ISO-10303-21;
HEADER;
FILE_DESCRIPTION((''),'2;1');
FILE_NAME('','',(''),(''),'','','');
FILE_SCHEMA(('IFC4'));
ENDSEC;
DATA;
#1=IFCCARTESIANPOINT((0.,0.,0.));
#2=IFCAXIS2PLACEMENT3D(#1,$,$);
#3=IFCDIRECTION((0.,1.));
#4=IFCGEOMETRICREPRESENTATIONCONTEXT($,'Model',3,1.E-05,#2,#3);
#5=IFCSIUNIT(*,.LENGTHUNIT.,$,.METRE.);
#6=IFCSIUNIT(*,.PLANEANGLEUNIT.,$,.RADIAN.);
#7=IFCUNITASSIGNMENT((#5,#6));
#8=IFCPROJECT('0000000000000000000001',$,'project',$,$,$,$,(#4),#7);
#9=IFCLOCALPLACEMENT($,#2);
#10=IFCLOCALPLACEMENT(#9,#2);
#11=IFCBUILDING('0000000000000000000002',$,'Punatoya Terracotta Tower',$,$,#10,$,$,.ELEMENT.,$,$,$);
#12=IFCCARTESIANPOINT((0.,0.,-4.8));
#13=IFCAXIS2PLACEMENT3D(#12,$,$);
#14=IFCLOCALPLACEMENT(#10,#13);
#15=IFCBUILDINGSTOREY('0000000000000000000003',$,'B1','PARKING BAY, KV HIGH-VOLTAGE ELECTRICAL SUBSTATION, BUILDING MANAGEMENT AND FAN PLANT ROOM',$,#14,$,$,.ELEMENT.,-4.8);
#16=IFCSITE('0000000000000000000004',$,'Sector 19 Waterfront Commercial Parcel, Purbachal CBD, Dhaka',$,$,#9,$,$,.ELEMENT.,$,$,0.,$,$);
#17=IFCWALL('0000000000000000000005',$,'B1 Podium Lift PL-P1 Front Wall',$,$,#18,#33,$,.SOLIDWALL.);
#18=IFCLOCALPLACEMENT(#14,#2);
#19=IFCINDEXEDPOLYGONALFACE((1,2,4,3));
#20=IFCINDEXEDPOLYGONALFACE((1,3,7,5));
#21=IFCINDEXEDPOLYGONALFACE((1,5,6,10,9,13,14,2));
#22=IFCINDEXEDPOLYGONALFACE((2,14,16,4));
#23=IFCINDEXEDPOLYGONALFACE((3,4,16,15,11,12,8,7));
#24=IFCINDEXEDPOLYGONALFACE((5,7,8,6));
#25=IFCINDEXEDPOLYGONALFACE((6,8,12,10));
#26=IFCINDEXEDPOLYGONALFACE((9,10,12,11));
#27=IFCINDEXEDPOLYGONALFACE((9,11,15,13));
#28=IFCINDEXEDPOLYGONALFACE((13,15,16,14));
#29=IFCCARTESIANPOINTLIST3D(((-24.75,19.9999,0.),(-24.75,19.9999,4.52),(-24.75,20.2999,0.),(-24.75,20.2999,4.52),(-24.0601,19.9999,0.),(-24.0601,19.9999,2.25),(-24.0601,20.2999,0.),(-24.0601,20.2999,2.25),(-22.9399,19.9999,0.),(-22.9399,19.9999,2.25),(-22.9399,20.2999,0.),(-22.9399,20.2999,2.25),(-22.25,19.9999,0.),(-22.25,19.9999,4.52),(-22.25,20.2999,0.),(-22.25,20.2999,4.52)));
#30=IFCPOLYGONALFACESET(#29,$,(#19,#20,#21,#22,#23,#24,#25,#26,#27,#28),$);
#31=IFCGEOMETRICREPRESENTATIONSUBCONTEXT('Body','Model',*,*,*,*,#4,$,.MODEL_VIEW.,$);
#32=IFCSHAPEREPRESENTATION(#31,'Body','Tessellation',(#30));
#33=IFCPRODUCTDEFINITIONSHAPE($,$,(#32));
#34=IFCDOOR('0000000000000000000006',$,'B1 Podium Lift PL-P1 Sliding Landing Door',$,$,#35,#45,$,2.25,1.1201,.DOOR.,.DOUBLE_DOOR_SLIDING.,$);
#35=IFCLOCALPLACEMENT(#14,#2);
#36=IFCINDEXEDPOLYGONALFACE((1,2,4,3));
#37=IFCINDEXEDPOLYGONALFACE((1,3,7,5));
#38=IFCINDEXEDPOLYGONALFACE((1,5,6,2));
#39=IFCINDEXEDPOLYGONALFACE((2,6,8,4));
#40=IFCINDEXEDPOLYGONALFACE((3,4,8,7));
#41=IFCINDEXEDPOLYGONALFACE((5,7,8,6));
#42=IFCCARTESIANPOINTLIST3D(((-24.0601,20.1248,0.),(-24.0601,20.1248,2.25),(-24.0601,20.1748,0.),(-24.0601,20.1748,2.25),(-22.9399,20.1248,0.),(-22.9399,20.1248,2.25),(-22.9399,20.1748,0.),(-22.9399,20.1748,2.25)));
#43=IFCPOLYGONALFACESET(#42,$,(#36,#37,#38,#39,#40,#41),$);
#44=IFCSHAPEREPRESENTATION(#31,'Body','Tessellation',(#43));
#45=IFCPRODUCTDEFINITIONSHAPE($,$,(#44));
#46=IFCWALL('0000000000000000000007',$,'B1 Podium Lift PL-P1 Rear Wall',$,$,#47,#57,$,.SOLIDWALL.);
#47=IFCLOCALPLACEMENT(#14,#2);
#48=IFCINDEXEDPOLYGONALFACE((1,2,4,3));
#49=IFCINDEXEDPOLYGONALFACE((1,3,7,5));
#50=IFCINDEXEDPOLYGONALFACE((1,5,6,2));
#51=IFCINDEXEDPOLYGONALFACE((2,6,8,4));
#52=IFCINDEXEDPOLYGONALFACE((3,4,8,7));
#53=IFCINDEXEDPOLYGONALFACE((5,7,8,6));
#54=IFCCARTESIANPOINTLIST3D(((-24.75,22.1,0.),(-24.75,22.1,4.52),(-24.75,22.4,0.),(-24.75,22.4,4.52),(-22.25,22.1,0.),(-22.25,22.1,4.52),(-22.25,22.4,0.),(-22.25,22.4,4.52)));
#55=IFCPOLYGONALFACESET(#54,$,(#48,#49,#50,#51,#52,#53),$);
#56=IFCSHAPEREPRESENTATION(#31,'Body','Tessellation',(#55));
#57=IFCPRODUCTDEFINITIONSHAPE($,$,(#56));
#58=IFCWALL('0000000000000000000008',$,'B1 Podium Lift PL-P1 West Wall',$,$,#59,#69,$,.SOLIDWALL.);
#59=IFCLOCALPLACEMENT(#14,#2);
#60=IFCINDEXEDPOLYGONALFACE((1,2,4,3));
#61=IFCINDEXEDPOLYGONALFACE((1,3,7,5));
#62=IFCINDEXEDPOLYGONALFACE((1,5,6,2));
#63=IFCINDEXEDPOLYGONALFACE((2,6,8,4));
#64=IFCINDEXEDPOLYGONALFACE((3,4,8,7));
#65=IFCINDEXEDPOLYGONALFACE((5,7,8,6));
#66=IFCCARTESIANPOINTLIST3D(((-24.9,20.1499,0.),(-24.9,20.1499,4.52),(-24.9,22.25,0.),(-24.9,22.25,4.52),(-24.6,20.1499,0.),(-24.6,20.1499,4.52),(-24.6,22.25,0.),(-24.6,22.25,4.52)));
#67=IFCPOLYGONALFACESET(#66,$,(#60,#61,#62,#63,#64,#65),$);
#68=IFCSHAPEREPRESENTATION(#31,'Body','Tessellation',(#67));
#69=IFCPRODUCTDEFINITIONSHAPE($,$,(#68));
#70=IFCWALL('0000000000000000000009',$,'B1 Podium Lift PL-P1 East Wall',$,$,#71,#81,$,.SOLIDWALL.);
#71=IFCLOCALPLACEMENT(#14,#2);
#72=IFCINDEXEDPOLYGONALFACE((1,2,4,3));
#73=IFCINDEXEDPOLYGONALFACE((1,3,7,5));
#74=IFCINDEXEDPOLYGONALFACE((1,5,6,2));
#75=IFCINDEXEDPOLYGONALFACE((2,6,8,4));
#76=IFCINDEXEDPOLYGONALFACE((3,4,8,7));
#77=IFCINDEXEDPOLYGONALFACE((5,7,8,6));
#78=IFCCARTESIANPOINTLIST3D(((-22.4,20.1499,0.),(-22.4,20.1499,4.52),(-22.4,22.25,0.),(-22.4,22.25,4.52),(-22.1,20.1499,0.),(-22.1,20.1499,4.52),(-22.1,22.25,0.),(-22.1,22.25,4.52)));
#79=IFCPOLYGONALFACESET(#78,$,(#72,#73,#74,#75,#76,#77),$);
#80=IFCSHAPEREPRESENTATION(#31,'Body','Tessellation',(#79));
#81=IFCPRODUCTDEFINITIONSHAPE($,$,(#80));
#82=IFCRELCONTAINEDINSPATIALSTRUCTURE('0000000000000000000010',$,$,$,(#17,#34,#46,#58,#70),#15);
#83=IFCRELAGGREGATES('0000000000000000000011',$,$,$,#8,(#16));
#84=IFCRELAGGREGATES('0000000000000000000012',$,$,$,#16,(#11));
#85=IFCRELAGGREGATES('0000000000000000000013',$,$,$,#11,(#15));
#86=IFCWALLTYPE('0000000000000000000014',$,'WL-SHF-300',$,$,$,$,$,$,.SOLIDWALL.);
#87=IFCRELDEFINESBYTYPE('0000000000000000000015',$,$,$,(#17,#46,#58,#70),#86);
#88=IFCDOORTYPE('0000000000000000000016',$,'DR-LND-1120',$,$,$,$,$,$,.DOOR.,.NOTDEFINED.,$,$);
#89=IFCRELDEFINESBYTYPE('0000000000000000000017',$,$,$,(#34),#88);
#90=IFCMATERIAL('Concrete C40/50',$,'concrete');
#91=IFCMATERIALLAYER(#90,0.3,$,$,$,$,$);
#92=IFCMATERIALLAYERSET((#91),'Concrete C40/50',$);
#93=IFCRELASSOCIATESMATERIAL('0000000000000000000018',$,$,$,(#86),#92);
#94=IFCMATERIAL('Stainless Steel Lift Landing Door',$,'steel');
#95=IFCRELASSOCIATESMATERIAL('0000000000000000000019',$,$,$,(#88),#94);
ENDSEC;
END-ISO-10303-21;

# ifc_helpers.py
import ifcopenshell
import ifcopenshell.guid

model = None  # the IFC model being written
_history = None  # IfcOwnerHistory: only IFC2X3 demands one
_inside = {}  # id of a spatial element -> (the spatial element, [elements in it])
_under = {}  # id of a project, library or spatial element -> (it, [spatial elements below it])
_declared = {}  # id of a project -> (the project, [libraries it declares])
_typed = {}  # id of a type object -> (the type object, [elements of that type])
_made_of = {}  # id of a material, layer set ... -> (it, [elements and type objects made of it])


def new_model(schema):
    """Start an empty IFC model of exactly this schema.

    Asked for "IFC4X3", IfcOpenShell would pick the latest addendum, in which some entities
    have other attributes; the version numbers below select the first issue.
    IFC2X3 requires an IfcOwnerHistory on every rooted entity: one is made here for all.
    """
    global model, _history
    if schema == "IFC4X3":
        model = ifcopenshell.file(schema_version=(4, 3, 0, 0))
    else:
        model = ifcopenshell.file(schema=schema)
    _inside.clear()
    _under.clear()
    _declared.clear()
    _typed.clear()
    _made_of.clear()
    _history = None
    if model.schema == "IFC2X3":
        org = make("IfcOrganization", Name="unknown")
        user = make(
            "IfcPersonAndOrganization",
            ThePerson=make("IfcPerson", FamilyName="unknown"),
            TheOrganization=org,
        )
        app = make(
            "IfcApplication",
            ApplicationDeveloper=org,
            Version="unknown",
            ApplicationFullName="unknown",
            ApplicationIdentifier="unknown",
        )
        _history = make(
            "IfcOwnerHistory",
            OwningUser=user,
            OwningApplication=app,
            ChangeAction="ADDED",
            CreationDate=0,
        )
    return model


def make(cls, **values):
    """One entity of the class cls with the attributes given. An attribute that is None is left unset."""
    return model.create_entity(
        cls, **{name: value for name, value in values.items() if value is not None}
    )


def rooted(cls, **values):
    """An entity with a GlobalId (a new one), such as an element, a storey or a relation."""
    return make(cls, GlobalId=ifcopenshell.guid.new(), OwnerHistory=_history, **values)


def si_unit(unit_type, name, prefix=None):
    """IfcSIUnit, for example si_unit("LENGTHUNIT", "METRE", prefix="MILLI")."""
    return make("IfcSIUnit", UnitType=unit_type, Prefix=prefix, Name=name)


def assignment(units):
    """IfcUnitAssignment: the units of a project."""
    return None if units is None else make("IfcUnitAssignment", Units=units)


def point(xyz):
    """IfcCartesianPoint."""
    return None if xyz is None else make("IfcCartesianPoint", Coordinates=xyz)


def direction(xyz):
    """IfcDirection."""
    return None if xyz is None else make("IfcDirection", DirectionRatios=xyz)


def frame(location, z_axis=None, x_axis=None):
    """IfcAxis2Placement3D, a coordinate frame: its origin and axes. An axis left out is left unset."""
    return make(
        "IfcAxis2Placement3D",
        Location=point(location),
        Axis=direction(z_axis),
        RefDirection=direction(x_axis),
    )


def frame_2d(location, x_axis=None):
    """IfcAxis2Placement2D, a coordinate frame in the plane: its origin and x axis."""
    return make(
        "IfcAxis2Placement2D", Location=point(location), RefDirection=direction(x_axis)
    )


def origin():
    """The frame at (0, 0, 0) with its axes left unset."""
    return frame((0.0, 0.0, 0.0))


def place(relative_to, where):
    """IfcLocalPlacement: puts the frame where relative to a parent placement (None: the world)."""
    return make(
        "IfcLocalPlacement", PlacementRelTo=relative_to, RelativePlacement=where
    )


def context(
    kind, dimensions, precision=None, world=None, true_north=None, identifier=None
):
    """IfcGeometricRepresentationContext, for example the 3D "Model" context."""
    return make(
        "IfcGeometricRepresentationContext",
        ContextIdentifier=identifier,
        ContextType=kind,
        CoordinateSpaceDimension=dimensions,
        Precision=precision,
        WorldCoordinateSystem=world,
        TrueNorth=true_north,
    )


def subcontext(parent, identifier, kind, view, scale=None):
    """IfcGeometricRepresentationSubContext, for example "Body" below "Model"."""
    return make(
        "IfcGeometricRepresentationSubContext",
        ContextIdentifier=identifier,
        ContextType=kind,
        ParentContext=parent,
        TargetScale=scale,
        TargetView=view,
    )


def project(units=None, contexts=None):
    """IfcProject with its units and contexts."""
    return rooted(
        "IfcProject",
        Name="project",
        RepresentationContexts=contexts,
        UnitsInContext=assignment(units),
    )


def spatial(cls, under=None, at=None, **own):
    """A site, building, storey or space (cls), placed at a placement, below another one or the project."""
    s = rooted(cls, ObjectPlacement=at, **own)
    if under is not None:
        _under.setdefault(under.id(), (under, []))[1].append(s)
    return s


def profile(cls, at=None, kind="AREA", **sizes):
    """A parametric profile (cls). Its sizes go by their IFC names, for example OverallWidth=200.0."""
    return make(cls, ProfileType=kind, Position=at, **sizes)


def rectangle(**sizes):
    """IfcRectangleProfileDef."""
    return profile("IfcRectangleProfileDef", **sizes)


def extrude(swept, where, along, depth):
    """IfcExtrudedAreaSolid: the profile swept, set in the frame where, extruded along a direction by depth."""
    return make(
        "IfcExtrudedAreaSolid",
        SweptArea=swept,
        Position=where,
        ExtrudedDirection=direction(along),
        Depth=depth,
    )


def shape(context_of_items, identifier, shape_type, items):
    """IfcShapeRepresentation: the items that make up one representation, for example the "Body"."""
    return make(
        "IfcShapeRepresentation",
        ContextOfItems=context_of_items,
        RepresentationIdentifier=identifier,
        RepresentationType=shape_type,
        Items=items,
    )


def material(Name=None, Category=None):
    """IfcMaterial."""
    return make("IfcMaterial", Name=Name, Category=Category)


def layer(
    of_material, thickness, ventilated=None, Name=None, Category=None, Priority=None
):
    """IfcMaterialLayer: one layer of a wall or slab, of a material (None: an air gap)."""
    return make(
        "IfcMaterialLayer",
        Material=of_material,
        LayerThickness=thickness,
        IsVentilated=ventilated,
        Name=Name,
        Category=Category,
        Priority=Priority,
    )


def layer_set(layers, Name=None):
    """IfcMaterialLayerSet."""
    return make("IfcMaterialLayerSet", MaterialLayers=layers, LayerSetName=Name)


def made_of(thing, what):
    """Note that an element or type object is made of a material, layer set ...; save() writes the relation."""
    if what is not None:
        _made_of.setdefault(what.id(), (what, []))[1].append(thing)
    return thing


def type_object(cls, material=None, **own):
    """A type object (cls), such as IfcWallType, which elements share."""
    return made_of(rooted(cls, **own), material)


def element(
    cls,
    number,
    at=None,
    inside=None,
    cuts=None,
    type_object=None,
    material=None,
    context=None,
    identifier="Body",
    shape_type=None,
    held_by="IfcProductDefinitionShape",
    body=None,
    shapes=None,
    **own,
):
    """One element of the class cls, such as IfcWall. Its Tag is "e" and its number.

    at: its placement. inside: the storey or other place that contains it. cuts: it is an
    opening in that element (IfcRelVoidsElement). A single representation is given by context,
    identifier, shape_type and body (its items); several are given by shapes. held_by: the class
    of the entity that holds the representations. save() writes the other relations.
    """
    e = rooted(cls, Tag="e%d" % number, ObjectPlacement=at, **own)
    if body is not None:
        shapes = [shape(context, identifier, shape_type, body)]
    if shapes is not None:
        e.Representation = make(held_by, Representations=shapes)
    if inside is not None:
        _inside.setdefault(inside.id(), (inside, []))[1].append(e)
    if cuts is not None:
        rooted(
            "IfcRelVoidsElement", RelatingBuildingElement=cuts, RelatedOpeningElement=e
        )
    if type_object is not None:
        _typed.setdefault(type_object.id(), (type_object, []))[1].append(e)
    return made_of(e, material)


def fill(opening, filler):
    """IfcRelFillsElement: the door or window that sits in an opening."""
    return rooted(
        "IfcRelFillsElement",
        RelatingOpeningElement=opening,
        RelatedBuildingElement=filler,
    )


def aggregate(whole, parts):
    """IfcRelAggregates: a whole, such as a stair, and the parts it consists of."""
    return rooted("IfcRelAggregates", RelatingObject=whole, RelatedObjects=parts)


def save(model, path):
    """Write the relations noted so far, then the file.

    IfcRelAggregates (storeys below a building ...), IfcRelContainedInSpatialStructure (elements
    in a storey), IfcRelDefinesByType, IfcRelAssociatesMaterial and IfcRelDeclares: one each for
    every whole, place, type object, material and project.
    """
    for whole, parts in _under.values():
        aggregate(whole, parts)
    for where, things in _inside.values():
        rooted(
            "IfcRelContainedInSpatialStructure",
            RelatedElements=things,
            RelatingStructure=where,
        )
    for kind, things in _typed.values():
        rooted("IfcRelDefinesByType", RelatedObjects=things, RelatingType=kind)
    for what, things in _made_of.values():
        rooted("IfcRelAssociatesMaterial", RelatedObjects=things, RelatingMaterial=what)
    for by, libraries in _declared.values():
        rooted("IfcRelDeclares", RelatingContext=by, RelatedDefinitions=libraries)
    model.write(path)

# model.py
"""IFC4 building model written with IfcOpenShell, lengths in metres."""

from ifc_helpers import new_model, si_unit, direction, frame, frame_2d, origin, place, context, subcontext, project, spatial, rectangle, extrude, material, layer, layer_set, type_object, element, fill, save


model = new_model("IFC4")

# Units and contexts
model_context = context("Model", 3, precision=1e-05, world=origin(), true_north=direction((0.0, 1.0)))
body_context = subcontext(model_context, "Body", "Model", "MODEL_VIEW")
ifc_project = project(units=[si_unit("LENGTHUNIT", "METRE"), si_unit("PLANEANGLEUNIT", "RADIAN")], contexts=[model_context])

# Site, building, storey
site_placement = place(None, origin())
site = spatial("IfcSite", under=ifc_project, at=site_placement, Name="Sector 19 Waterfront Commercial Parcel, Purbachal CBD, Dhaka", CompositionType="ELEMENT", RefElevation=0.0)
building_placement = place(site_placement, origin())
building = spatial("IfcBuilding", under=site, at=building_placement, Name="Punatoya Terracotta Tower", CompositionType="ELEMENT")
storey_placement = place(building_placement, frame((0.0, 0.0, -4.8)))
storey = spatial("IfcBuildingStorey", under=building, at=storey_placement, Name="B1", Description="PARKING BAY, KV HIGH-VOLTAGE ELECTRICAL SUBSTATION, BUILDING MANAGEMENT AND FAN PLANT ROOM", CompositionType="ELEMENT", Elevation=-4.8)

# Shared definitions
ifc_material_1 = material(Name="Concrete C40/50", Category="concrete")

# Wall, opening, door
ifc_layer_1 = layer(ifc_material_1, 0.3)
ifc_layer_set_1 = layer_set([ifc_layer_1], Name="Concrete C40/50")
wall_type_1 = type_object("IfcWallType", Name="WL-SHF-300", PredefinedType="SOLIDWALL", material=ifc_layer_set_1)
wall_1_placement = place(storey_placement, frame((-24.75, 20.1499, 0.0), z_axis=(0.0, 0.0, 1.0), x_axis=(1.0, 0.0, 0.0)))
wall_1 = element("IfcWall", 1, at=wall_1_placement, inside=storey, type_object=wall_type_1, Name="B1 Podium Lift PL-P1 Front Wall", PredefinedType="SOLIDWALL", context=body_context, shape_type="SweptSolid", body=[
    extrude(rectangle(XDim=2.5, YDim=0.3, at=frame_2d((1.25, 0.0))), origin(), (0.0, 0.0, 1.0), 4.52),
])
opening_placement = place(wall_1_placement, frame((0.6899, 0.0, 0.0)))
opening = element("IfcOpeningElement", 2, at=opening_placement, cuts=wall_1, PredefinedType="OPENING", context=body_context, shape_type="SweptSolid", body=[
    extrude(rectangle(XDim=1.1201, YDim=2.25, at=frame_2d((0.5601, 1.125))), frame((0.0, 0.1599, 0.0), z_axis=(0.0, -1.0, 0.0), x_axis=(1.0, 0.0, 0.0)), (0.0, 0.0, 1.0), 0.3201),
])
ifc_material_2 = material(Name="Stainless Steel Lift Landing Door", Category="steel")
door_type = type_object("IfcDoorType", Name="DR-LND-1120", OperationType="NOTDEFINED", PredefinedType="DOOR", material=ifc_material_2)
door_placement = place(opening_placement, origin())
door = element("IfcDoor", 3, at=door_placement, inside=storey, type_object=door_type, Name="B1 Podium Lift PL-P1 Sliding Landing Door", OperationType="DOUBLE_DOOR_SLIDING", OverallHeight=2.25, OverallWidth=1.1201, PredefinedType="DOOR", context=body_context, shape_type="SweptSolid", body=[
    extrude(rectangle(XDim=1.1201, YDim=2.25, at=frame_2d((0.5601, 1.125))), frame((0.0, 0.0249, 0.0), z_axis=(0.0, -1.0, 0.0), x_axis=(1.0, 0.0, 0.0)), (0.0, 0.0, 1.0), 0.05),
])
fill(opening, door)

# Walls
wall_2_placement = place(storey_placement, frame((-24.75, 22.25, 0.0), z_axis=(0.0, 0.0, 1.0), x_axis=(1.0, 0.0, 0.0)))
element("IfcWall", 4, at=wall_2_placement, inside=storey, type_object=wall_type_1, Name="B1 Podium Lift PL-P1 Rear Wall", PredefinedType="SOLIDWALL", context=body_context, shape_type="SweptSolid", body=[
    extrude(rectangle(XDim=2.5, YDim=0.3, at=frame_2d((1.25, 0.0))), origin(), (0.0, 0.0, 1.0), 4.52),
])
for number, where, z_axis, x_axis, name in (
    (5, (-24.75, 20.1499, 0.0), (0.0, 0.0, 1.0), (0.0, 1.0, 0.0), "B1 Podium Lift PL-P1 West Wall"),
    (6, (-22.25, 20.1499, 0.0), (0.0, 0.0, 1.0), (0.0, 1.0, 0.0), "B1 Podium Lift PL-P1 East Wall"),
):
    element("IfcWall", number, at=place(storey_placement, frame(where, z_axis=z_axis, x_axis=x_axis)), inside=storey, type_object=wall_type_1, Name=name, PredefinedType="SOLIDWALL", context=body_context, shape_type="SweptSolid", body=[
        extrude(rectangle(XDim=2.1001, YDim=0.3, at=frame_2d((1.05, 0.0))), origin(), (0.0, 0.0, 1.0), 4.52),
    ])

save(model, "model.ifc")
